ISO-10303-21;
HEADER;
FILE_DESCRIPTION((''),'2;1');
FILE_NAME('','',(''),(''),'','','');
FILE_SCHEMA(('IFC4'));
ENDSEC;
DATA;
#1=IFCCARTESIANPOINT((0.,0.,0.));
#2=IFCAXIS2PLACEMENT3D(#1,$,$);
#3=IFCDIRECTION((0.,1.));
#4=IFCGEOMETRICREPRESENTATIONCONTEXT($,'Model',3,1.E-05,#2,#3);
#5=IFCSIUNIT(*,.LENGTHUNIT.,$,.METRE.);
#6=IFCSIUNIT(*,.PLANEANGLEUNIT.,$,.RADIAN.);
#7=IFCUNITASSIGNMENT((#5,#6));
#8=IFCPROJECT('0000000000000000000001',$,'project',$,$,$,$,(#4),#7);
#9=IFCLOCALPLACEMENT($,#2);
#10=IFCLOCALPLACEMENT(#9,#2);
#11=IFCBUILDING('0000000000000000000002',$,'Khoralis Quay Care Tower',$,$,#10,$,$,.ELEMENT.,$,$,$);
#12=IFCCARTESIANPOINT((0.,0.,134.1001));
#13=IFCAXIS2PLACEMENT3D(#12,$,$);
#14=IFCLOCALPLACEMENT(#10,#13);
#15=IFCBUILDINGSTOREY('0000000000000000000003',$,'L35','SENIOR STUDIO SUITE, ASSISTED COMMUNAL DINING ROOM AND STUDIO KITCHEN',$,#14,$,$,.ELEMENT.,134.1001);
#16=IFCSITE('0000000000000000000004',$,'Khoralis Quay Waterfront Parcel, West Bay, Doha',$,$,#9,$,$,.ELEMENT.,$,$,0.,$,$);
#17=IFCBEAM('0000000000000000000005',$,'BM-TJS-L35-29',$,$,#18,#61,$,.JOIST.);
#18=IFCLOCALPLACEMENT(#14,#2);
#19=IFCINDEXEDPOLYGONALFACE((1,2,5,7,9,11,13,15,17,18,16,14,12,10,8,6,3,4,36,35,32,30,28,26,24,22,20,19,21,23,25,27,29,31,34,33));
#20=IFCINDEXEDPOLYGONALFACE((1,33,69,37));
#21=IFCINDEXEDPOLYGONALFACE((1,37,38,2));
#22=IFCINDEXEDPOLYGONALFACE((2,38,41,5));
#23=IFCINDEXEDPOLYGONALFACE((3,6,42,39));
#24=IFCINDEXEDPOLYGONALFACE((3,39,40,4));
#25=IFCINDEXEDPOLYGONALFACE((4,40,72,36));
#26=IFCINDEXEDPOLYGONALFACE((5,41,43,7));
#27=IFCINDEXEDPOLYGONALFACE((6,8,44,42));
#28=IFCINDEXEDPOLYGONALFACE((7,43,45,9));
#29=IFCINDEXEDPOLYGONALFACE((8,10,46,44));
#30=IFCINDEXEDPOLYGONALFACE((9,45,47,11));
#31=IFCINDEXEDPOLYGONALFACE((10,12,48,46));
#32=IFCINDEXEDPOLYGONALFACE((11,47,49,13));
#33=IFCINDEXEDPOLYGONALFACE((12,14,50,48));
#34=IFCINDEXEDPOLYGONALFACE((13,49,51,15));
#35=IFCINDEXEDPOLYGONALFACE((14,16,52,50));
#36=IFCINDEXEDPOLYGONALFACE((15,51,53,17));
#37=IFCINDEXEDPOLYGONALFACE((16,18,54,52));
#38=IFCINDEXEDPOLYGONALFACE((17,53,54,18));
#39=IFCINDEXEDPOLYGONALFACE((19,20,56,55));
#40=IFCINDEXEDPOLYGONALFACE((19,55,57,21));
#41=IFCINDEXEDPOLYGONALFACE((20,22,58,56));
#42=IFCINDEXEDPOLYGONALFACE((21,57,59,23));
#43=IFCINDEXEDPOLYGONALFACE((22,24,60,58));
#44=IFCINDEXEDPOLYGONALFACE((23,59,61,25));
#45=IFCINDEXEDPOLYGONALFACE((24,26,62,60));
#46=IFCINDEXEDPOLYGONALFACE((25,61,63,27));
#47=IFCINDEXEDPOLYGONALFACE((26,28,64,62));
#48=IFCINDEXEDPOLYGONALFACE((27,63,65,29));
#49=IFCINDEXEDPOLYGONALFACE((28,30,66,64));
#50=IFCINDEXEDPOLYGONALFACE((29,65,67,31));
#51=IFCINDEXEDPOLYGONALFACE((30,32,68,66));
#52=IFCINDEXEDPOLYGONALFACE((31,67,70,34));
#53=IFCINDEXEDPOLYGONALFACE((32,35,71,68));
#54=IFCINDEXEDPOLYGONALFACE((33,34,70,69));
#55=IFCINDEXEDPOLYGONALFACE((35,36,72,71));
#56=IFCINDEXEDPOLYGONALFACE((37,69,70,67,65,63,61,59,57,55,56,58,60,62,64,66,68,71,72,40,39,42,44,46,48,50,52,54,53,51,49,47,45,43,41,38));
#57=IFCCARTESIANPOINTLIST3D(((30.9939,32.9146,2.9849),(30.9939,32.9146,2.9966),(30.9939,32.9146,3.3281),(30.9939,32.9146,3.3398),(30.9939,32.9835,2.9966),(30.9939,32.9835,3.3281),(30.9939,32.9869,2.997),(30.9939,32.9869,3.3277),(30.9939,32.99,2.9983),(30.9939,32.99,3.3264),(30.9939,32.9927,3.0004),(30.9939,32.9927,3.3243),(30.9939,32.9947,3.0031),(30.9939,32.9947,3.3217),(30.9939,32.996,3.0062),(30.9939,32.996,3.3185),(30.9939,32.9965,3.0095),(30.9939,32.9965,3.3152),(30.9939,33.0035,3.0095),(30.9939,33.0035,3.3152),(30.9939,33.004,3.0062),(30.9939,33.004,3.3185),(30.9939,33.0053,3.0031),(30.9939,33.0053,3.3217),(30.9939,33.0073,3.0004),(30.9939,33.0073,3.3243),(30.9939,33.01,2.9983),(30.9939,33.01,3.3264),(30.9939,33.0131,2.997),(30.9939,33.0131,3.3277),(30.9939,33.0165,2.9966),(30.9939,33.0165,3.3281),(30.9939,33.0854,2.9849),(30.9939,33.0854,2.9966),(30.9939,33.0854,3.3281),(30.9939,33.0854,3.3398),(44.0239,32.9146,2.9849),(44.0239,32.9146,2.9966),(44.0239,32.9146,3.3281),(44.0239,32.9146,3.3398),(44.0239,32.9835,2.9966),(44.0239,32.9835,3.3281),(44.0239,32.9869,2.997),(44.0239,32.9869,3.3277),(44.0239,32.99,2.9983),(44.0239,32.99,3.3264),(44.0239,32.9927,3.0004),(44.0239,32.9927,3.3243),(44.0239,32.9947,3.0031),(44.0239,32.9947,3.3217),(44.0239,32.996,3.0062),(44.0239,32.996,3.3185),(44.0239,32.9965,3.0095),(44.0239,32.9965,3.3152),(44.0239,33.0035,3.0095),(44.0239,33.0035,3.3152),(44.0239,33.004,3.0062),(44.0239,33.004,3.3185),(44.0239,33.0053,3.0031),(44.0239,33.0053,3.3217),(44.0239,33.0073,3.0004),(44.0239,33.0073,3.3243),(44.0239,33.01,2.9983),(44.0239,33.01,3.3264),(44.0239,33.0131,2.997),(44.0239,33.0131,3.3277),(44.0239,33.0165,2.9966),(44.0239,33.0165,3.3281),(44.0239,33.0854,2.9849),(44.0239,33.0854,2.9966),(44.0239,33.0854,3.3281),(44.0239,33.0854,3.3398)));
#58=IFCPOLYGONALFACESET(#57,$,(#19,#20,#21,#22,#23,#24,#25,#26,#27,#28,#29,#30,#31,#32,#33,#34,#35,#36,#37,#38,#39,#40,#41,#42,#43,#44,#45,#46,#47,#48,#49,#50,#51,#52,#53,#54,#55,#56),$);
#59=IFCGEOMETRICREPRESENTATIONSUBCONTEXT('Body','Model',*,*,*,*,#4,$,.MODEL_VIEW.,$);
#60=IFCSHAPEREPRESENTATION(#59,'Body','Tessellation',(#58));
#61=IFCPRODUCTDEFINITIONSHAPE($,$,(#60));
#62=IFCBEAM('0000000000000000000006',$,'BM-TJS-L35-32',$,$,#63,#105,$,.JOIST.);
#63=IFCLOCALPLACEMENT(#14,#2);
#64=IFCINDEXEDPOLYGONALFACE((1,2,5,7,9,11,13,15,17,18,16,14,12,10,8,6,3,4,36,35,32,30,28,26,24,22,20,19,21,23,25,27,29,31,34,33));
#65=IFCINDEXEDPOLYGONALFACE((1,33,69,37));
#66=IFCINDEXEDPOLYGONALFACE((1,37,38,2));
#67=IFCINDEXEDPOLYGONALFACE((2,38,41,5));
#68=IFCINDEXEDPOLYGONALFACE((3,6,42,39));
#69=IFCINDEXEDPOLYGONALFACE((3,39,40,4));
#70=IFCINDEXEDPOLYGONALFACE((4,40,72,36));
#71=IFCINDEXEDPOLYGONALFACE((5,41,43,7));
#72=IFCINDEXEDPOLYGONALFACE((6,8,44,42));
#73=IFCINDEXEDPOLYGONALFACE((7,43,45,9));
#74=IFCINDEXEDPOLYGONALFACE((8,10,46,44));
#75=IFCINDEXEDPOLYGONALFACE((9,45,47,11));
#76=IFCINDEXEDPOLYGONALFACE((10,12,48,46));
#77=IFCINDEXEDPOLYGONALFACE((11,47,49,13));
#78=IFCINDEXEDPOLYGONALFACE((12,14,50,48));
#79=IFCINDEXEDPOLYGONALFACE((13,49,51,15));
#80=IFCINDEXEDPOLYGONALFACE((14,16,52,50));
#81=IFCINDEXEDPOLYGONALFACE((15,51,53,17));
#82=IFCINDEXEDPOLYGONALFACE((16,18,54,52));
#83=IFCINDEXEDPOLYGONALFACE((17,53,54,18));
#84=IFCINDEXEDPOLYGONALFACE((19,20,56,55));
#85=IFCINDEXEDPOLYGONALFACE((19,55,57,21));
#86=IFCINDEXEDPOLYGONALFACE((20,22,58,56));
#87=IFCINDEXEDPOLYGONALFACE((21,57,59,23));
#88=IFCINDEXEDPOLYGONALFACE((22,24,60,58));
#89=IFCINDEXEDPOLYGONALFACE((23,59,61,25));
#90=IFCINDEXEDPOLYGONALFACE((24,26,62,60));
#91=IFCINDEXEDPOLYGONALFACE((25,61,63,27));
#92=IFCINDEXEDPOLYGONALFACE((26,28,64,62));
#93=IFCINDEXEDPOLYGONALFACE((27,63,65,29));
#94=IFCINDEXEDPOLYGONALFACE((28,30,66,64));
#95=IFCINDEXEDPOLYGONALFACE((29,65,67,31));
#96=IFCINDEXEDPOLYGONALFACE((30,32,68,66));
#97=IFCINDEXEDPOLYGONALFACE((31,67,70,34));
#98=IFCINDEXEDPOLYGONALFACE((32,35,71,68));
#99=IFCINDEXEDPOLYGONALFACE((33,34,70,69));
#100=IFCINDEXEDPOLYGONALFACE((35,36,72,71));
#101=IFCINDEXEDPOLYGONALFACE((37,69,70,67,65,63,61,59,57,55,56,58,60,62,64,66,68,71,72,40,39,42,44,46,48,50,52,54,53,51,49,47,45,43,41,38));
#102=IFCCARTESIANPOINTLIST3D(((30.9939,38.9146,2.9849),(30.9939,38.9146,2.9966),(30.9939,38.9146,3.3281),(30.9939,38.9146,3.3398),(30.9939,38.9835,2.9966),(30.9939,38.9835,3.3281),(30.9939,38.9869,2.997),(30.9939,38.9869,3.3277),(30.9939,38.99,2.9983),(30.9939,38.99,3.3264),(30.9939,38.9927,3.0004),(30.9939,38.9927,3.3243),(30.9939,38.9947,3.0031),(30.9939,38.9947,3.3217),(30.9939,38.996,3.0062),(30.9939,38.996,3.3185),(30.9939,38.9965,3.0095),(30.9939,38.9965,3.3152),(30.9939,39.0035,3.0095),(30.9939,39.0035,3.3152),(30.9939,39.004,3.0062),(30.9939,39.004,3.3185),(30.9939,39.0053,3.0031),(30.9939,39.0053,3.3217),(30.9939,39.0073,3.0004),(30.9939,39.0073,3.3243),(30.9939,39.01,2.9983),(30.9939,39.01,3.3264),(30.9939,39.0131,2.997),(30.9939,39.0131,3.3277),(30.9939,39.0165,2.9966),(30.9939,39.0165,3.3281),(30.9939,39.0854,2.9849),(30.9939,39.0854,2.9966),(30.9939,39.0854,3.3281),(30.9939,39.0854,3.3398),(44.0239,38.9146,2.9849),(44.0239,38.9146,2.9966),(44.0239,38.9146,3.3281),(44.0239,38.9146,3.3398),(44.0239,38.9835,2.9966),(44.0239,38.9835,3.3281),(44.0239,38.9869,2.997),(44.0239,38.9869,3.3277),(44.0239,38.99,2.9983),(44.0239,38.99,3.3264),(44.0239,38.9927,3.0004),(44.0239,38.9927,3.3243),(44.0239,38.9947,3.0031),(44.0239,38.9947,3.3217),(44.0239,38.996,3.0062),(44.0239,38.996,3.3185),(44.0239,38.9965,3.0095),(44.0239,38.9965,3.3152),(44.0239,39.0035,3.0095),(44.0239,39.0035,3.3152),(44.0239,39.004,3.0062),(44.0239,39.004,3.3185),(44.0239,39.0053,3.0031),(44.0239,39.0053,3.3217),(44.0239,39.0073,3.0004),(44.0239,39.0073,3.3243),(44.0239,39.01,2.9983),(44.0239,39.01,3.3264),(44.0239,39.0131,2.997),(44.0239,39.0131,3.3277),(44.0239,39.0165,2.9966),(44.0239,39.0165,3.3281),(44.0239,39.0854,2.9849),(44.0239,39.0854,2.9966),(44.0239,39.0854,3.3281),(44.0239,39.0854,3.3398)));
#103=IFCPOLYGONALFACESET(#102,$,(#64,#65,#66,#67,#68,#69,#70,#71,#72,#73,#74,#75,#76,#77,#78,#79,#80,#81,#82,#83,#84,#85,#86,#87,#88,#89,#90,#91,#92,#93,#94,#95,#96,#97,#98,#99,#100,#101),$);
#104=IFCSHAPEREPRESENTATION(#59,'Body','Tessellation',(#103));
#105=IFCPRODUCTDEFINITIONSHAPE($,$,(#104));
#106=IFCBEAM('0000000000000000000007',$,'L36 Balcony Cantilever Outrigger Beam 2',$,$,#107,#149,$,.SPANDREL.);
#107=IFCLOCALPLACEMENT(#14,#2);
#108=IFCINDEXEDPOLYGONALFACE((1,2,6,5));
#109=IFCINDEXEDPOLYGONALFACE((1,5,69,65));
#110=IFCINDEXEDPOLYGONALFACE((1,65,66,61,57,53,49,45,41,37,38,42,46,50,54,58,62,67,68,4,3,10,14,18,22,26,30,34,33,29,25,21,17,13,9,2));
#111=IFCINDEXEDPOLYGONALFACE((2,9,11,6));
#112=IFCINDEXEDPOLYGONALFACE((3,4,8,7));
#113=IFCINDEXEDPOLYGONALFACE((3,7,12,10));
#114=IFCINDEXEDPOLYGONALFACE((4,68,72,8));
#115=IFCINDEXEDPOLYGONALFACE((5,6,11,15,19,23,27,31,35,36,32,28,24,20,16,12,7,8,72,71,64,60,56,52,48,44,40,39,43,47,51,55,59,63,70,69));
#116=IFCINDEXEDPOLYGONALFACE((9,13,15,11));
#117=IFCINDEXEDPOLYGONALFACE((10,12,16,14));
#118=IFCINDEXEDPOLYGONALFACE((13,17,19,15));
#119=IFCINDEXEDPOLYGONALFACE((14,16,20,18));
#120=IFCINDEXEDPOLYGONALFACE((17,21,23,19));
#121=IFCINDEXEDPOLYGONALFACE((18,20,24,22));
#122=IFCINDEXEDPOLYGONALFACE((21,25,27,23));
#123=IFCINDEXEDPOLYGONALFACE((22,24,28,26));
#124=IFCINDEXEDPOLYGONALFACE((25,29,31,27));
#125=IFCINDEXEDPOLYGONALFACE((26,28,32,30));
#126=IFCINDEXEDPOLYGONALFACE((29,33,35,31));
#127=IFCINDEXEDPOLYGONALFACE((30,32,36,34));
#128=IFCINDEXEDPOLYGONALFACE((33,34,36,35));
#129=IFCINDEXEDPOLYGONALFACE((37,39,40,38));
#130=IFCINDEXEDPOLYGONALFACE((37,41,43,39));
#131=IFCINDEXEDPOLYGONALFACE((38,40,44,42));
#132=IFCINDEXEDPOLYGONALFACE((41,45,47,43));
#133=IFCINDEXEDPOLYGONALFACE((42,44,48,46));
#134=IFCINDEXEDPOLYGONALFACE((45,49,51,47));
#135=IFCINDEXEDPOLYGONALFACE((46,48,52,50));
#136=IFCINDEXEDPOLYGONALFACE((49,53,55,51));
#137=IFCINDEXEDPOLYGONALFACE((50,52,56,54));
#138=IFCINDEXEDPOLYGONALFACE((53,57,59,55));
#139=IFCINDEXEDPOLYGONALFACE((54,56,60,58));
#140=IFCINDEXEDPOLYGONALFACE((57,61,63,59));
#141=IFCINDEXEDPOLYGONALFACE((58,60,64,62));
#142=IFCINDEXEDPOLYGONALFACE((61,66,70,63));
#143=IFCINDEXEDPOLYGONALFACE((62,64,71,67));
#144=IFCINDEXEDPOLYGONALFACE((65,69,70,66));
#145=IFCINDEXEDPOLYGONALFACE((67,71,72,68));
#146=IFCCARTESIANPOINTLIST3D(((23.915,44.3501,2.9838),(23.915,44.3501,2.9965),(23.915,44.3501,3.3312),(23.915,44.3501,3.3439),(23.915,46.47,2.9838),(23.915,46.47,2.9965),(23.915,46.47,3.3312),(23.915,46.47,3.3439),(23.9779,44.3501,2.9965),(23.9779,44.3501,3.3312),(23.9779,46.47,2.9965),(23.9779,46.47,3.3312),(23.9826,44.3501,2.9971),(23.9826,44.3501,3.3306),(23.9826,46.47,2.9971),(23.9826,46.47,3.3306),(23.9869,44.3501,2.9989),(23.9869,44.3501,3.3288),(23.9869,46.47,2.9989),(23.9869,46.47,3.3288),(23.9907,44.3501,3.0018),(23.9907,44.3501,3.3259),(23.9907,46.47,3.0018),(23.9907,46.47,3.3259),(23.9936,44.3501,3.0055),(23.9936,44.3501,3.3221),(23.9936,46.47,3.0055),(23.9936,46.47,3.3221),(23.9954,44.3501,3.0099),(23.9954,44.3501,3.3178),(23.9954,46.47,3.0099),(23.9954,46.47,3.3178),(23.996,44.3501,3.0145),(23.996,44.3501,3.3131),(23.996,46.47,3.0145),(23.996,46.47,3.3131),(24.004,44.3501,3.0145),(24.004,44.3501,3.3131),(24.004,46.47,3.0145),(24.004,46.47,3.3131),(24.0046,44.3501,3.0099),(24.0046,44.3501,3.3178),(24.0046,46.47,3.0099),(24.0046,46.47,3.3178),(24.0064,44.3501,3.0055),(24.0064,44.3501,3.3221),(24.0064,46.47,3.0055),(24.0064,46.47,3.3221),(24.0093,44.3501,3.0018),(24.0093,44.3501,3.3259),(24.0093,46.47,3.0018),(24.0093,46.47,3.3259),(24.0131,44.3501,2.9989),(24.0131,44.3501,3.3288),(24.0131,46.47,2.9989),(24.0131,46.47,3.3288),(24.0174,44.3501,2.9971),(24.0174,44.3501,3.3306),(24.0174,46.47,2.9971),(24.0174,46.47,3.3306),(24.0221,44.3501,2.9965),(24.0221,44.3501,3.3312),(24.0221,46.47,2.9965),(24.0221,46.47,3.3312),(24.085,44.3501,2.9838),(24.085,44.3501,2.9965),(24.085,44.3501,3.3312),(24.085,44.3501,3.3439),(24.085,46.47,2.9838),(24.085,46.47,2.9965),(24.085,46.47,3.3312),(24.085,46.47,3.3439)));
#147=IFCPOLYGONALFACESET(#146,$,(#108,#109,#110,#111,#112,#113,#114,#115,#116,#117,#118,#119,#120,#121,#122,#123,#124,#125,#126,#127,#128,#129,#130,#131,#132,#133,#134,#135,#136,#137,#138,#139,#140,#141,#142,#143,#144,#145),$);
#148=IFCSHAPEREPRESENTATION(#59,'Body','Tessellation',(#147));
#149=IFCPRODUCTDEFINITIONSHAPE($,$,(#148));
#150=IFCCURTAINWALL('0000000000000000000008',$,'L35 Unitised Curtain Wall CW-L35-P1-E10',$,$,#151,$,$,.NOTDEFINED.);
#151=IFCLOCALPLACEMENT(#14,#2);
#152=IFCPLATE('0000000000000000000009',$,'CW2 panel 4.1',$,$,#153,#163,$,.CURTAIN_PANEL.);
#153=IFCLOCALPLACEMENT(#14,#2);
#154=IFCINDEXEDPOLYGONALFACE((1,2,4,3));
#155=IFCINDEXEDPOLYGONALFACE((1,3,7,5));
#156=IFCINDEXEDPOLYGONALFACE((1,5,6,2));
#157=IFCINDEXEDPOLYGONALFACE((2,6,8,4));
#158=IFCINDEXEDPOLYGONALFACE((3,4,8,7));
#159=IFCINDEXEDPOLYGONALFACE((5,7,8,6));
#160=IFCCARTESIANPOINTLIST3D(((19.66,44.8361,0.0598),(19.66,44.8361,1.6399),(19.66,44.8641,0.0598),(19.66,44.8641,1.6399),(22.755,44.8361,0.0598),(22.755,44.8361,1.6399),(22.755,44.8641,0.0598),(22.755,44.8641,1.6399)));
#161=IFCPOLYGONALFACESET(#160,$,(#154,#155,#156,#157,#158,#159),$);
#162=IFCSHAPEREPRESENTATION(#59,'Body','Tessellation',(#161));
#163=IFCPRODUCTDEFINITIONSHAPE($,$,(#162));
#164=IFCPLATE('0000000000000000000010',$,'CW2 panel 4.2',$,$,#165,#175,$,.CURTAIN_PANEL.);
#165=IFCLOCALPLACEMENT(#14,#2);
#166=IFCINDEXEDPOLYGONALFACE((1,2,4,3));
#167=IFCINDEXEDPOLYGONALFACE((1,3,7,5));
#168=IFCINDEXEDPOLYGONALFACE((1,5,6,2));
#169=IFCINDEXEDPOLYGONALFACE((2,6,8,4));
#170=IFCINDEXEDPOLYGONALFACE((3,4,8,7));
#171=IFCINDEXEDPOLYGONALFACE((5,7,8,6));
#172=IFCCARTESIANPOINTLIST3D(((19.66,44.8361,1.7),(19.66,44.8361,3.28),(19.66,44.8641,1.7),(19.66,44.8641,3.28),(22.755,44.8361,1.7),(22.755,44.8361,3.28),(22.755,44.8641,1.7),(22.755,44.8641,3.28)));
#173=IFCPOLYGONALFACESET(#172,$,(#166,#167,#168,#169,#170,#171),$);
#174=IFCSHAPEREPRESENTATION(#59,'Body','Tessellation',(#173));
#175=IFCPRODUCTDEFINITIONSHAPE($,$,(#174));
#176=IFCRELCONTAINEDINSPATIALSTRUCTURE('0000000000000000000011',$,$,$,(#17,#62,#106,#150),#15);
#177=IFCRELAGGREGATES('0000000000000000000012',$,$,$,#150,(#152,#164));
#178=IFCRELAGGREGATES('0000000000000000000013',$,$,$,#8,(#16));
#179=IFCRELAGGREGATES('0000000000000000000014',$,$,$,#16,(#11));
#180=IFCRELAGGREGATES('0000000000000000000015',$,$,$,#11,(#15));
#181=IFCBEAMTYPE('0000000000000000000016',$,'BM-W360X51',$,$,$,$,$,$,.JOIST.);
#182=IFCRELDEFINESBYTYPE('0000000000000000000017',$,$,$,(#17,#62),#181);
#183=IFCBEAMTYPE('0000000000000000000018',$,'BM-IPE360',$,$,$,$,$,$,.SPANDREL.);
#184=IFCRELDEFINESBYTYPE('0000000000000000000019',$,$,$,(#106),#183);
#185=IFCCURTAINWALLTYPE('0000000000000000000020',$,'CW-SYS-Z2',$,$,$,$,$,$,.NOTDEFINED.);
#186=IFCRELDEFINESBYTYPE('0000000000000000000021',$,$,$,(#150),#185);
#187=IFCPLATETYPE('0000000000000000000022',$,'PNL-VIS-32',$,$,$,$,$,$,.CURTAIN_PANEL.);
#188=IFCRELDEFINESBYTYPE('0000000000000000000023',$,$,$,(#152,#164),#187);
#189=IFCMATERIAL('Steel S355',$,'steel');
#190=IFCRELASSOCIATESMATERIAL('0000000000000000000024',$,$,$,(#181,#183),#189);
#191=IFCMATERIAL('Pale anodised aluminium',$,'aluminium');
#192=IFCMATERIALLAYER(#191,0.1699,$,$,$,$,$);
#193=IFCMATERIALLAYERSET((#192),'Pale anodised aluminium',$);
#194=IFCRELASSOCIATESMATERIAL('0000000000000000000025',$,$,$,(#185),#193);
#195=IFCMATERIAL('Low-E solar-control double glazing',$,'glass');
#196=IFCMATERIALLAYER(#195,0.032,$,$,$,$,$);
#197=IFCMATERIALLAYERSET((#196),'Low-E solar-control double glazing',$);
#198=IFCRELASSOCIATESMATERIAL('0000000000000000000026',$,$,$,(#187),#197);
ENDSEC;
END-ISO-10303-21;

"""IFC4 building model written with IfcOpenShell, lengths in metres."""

from ifc_helpers import new_model, si_unit, direction, frame, origin, origin_2d, place, context, subcontext, project, spatial, rectangle, i_section, extrude, source, transform, mapped, material, layer, layer_set, material_profile, profile_set, type_object, element, aggregate, save


model = new_model("IFC4")

# Units and contexts
model_context = context("Model", 3, precision=1e-05, world=origin(), true_north=direction((0.0, 1.0)))
body_context = subcontext(model_context, "Body", "Model", "MODEL_VIEW")
ifc_project = project(units=[si_unit("LENGTHUNIT", "METRE"), si_unit("PLANEANGLEUNIT", "RADIAN")], contexts=[model_context])

# Site, building, storey
site_placement = place(None, origin())
site = spatial("IfcSite", under=ifc_project, at=site_placement, Name="Khoralis Quay Waterfront Parcel, West Bay, Doha", CompositionType="ELEMENT", RefElevation=0.0)
building_placement = place(site_placement, origin())
building = spatial("IfcBuilding", under=site, at=building_placement, Name="Khoralis Quay Care Tower", CompositionType="ELEMENT")
storey_placement = place(building_placement, frame((0.0, 0.0, 134.1001)))
storey = spatial("IfcBuildingStorey", under=building, at=storey_placement, Name="L35", Description="SENIOR STUDIO SUITE, ASSISTED COMMUNAL DINING ROOM AND STUDIO KITCHEN", CompositionType="ELEMENT", Elevation=134.1001)

# Beams
ifc_material_1 = material(Name="Steel S355", Category="steel")
ifc_material_profile_1 = material_profile(ifc_material_1, i_section(OverallWidth=0.1709, OverallDepth=0.355, WebThickness=0.0071, FlangeThickness=0.0117, FilletRadius=0.0129, at=origin_2d()), Name="Steel S355")
ifc_profile_set_1 = profile_set([ifc_material_profile_1], Name="Steel S355")
beam_type_1 = type_object("IfcBeamType", Name="BM-W360X51", PredefinedType="JOIST", material=ifc_profile_set_1)
shared_shape_1 = source(origin(), body_context, "Body", "SweptSolid", [
    extrude(i_section(OverallWidth=0.1709, OverallDepth=0.355, WebThickness=0.0071, FlangeThickness=0.0117, FilletRadius=0.0129, at=origin_2d()), origin(), (0.0, 0.0, 1.0), 13.03),
])
for number, where, z_axis, x_axis, name in (
    (1, (30.9939, 33.0, 3.1624), (1.0, 0.0, 0.0), (0.0, 1.0, 0.0), "BM-TJS-L35-29"),
    (2, (30.9939, 39.0, 3.1624), (1.0, 0.0, 0.0), (0.0, 1.0, 0.0), "BM-TJS-L35-32"),
):
    element("IfcBeam", number, at=place(storey_placement, frame(where, z_axis=z_axis, x_axis=x_axis)), inside=storey, type_object=beam_type_1, Name=name, PredefinedType="JOIST", context=body_context, shape_type="MappedRepresentation", body=[
        mapped(shared_shape_1, transform((0.0, 0.0, 0.0), scale=1.0)),
    ])
ifc_material_profile_2 = material_profile(ifc_material_1, i_section(OverallWidth=0.1699, OverallDepth=0.3601, WebThickness=0.0081, FlangeThickness=0.0127, FilletRadius=0.0181, at=origin_2d()), Name="Steel S355")
ifc_profile_set_2 = profile_set([ifc_material_profile_2], Name="Steel S355")
beam_type_2 = type_object("IfcBeamType", Name="BM-IPE360", PredefinedType="SPANDREL", material=ifc_profile_set_2)
shared_shape_2 = source(origin(), body_context, "Body", "SweptSolid", [
    extrude(i_section(OverallWidth=0.1699, OverallDepth=0.3601, WebThickness=0.0081, FlangeThickness=0.0127, FilletRadius=0.0181, at=origin_2d()), origin(), (0.0, 0.0, 1.0), 2.1199),
])
beam_1_placement = place(storey_placement, frame((24.0, 44.3501, 3.1638), z_axis=(0.0, 1.0, 0.0), x_axis=(-1.0, 0.0, 0.0)))
element("IfcBeam", 3, at=beam_1_placement, inside=storey, type_object=beam_type_2, Name="L36 Balcony Cantilever Outrigger Beam 2", PredefinedType="SPANDREL", context=body_context, shape_type="MappedRepresentation", body=[
    mapped(shared_shape_2, transform((0.0, 0.0, 0.0), scale=1.0)),
])

# Curtain wall, plates
ifc_material_2 = material(Name="Pale anodised aluminium", Category="aluminium")
ifc_layer_1 = layer(ifc_material_2, 0.1699)
ifc_layer_set_1 = layer_set([ifc_layer_1], Name="Pale anodised aluminium")
curtain_wall_type = type_object("IfcCurtainWallType", Name="CW-SYS-Z2", PredefinedType="NOTDEFINED", material=ifc_layer_set_1)
curtain_wall_placement = place(storey_placement, origin())
curtain_wall = element("IfcCurtainWall", 4, at=curtain_wall_placement, inside=storey, type_object=curtain_wall_type, Name="L35 Unitised Curtain Wall CW-L35-P1-E10", PredefinedType="NOTDEFINED")
ifc_material_3 = material(Name="Low-E solar-control double glazing", Category="glass")
ifc_layer_2 = layer(ifc_material_3, 0.032)
ifc_layer_set_2 = layer_set([ifc_layer_2], Name="Low-E solar-control double glazing")
plate_type = type_object("IfcPlateType", Name="PNL-VIS-32", PredefinedType="CURTAIN_PANEL", material=ifc_layer_set_2)
shared_shape_3 = source(origin(), body_context, "Body", "SweptSolid", [
    extrude(rectangle(XDim=3.095, YDim=0.0281, at=origin_2d()), origin(), (0.0, 0.0, 1.0), 1.5801),
])
plate_1_placement = place(storey_placement, frame((21.2075, 44.8501, 0.0598), z_axis=(0.0, 0.0, 1.0), x_axis=(-1.0, 0.0, 0.0)))
plate_1 = element("IfcPlate", 5, at=plate_1_placement, type_object=plate_type, Name="CW2 panel 4.1", PredefinedType="CURTAIN_PANEL", context=body_context, shape_type="MappedRepresentation", body=[
    mapped(shared_shape_3, transform((0.0, 0.0, 0.0), scale=1.0)),
])
plate_2_placement = place(storey_placement, frame((21.2075, 44.8501, 1.7), z_axis=(0.0, 0.0, 1.0), x_axis=(-1.0, 0.0, 0.0)))
plate_2 = element("IfcPlate", 6, at=plate_2_placement, type_object=plate_type, Name="CW2 panel 4.2", PredefinedType="CURTAIN_PANEL", context=body_context, shape_type="MappedRepresentation", body=[
    mapped(shared_shape_3, transform((0.0, 0.0, 0.0), scale=1.0)),
])
aggregate(curtain_wall, [plate_1, plate_2])

save(model, "model.ifc")
